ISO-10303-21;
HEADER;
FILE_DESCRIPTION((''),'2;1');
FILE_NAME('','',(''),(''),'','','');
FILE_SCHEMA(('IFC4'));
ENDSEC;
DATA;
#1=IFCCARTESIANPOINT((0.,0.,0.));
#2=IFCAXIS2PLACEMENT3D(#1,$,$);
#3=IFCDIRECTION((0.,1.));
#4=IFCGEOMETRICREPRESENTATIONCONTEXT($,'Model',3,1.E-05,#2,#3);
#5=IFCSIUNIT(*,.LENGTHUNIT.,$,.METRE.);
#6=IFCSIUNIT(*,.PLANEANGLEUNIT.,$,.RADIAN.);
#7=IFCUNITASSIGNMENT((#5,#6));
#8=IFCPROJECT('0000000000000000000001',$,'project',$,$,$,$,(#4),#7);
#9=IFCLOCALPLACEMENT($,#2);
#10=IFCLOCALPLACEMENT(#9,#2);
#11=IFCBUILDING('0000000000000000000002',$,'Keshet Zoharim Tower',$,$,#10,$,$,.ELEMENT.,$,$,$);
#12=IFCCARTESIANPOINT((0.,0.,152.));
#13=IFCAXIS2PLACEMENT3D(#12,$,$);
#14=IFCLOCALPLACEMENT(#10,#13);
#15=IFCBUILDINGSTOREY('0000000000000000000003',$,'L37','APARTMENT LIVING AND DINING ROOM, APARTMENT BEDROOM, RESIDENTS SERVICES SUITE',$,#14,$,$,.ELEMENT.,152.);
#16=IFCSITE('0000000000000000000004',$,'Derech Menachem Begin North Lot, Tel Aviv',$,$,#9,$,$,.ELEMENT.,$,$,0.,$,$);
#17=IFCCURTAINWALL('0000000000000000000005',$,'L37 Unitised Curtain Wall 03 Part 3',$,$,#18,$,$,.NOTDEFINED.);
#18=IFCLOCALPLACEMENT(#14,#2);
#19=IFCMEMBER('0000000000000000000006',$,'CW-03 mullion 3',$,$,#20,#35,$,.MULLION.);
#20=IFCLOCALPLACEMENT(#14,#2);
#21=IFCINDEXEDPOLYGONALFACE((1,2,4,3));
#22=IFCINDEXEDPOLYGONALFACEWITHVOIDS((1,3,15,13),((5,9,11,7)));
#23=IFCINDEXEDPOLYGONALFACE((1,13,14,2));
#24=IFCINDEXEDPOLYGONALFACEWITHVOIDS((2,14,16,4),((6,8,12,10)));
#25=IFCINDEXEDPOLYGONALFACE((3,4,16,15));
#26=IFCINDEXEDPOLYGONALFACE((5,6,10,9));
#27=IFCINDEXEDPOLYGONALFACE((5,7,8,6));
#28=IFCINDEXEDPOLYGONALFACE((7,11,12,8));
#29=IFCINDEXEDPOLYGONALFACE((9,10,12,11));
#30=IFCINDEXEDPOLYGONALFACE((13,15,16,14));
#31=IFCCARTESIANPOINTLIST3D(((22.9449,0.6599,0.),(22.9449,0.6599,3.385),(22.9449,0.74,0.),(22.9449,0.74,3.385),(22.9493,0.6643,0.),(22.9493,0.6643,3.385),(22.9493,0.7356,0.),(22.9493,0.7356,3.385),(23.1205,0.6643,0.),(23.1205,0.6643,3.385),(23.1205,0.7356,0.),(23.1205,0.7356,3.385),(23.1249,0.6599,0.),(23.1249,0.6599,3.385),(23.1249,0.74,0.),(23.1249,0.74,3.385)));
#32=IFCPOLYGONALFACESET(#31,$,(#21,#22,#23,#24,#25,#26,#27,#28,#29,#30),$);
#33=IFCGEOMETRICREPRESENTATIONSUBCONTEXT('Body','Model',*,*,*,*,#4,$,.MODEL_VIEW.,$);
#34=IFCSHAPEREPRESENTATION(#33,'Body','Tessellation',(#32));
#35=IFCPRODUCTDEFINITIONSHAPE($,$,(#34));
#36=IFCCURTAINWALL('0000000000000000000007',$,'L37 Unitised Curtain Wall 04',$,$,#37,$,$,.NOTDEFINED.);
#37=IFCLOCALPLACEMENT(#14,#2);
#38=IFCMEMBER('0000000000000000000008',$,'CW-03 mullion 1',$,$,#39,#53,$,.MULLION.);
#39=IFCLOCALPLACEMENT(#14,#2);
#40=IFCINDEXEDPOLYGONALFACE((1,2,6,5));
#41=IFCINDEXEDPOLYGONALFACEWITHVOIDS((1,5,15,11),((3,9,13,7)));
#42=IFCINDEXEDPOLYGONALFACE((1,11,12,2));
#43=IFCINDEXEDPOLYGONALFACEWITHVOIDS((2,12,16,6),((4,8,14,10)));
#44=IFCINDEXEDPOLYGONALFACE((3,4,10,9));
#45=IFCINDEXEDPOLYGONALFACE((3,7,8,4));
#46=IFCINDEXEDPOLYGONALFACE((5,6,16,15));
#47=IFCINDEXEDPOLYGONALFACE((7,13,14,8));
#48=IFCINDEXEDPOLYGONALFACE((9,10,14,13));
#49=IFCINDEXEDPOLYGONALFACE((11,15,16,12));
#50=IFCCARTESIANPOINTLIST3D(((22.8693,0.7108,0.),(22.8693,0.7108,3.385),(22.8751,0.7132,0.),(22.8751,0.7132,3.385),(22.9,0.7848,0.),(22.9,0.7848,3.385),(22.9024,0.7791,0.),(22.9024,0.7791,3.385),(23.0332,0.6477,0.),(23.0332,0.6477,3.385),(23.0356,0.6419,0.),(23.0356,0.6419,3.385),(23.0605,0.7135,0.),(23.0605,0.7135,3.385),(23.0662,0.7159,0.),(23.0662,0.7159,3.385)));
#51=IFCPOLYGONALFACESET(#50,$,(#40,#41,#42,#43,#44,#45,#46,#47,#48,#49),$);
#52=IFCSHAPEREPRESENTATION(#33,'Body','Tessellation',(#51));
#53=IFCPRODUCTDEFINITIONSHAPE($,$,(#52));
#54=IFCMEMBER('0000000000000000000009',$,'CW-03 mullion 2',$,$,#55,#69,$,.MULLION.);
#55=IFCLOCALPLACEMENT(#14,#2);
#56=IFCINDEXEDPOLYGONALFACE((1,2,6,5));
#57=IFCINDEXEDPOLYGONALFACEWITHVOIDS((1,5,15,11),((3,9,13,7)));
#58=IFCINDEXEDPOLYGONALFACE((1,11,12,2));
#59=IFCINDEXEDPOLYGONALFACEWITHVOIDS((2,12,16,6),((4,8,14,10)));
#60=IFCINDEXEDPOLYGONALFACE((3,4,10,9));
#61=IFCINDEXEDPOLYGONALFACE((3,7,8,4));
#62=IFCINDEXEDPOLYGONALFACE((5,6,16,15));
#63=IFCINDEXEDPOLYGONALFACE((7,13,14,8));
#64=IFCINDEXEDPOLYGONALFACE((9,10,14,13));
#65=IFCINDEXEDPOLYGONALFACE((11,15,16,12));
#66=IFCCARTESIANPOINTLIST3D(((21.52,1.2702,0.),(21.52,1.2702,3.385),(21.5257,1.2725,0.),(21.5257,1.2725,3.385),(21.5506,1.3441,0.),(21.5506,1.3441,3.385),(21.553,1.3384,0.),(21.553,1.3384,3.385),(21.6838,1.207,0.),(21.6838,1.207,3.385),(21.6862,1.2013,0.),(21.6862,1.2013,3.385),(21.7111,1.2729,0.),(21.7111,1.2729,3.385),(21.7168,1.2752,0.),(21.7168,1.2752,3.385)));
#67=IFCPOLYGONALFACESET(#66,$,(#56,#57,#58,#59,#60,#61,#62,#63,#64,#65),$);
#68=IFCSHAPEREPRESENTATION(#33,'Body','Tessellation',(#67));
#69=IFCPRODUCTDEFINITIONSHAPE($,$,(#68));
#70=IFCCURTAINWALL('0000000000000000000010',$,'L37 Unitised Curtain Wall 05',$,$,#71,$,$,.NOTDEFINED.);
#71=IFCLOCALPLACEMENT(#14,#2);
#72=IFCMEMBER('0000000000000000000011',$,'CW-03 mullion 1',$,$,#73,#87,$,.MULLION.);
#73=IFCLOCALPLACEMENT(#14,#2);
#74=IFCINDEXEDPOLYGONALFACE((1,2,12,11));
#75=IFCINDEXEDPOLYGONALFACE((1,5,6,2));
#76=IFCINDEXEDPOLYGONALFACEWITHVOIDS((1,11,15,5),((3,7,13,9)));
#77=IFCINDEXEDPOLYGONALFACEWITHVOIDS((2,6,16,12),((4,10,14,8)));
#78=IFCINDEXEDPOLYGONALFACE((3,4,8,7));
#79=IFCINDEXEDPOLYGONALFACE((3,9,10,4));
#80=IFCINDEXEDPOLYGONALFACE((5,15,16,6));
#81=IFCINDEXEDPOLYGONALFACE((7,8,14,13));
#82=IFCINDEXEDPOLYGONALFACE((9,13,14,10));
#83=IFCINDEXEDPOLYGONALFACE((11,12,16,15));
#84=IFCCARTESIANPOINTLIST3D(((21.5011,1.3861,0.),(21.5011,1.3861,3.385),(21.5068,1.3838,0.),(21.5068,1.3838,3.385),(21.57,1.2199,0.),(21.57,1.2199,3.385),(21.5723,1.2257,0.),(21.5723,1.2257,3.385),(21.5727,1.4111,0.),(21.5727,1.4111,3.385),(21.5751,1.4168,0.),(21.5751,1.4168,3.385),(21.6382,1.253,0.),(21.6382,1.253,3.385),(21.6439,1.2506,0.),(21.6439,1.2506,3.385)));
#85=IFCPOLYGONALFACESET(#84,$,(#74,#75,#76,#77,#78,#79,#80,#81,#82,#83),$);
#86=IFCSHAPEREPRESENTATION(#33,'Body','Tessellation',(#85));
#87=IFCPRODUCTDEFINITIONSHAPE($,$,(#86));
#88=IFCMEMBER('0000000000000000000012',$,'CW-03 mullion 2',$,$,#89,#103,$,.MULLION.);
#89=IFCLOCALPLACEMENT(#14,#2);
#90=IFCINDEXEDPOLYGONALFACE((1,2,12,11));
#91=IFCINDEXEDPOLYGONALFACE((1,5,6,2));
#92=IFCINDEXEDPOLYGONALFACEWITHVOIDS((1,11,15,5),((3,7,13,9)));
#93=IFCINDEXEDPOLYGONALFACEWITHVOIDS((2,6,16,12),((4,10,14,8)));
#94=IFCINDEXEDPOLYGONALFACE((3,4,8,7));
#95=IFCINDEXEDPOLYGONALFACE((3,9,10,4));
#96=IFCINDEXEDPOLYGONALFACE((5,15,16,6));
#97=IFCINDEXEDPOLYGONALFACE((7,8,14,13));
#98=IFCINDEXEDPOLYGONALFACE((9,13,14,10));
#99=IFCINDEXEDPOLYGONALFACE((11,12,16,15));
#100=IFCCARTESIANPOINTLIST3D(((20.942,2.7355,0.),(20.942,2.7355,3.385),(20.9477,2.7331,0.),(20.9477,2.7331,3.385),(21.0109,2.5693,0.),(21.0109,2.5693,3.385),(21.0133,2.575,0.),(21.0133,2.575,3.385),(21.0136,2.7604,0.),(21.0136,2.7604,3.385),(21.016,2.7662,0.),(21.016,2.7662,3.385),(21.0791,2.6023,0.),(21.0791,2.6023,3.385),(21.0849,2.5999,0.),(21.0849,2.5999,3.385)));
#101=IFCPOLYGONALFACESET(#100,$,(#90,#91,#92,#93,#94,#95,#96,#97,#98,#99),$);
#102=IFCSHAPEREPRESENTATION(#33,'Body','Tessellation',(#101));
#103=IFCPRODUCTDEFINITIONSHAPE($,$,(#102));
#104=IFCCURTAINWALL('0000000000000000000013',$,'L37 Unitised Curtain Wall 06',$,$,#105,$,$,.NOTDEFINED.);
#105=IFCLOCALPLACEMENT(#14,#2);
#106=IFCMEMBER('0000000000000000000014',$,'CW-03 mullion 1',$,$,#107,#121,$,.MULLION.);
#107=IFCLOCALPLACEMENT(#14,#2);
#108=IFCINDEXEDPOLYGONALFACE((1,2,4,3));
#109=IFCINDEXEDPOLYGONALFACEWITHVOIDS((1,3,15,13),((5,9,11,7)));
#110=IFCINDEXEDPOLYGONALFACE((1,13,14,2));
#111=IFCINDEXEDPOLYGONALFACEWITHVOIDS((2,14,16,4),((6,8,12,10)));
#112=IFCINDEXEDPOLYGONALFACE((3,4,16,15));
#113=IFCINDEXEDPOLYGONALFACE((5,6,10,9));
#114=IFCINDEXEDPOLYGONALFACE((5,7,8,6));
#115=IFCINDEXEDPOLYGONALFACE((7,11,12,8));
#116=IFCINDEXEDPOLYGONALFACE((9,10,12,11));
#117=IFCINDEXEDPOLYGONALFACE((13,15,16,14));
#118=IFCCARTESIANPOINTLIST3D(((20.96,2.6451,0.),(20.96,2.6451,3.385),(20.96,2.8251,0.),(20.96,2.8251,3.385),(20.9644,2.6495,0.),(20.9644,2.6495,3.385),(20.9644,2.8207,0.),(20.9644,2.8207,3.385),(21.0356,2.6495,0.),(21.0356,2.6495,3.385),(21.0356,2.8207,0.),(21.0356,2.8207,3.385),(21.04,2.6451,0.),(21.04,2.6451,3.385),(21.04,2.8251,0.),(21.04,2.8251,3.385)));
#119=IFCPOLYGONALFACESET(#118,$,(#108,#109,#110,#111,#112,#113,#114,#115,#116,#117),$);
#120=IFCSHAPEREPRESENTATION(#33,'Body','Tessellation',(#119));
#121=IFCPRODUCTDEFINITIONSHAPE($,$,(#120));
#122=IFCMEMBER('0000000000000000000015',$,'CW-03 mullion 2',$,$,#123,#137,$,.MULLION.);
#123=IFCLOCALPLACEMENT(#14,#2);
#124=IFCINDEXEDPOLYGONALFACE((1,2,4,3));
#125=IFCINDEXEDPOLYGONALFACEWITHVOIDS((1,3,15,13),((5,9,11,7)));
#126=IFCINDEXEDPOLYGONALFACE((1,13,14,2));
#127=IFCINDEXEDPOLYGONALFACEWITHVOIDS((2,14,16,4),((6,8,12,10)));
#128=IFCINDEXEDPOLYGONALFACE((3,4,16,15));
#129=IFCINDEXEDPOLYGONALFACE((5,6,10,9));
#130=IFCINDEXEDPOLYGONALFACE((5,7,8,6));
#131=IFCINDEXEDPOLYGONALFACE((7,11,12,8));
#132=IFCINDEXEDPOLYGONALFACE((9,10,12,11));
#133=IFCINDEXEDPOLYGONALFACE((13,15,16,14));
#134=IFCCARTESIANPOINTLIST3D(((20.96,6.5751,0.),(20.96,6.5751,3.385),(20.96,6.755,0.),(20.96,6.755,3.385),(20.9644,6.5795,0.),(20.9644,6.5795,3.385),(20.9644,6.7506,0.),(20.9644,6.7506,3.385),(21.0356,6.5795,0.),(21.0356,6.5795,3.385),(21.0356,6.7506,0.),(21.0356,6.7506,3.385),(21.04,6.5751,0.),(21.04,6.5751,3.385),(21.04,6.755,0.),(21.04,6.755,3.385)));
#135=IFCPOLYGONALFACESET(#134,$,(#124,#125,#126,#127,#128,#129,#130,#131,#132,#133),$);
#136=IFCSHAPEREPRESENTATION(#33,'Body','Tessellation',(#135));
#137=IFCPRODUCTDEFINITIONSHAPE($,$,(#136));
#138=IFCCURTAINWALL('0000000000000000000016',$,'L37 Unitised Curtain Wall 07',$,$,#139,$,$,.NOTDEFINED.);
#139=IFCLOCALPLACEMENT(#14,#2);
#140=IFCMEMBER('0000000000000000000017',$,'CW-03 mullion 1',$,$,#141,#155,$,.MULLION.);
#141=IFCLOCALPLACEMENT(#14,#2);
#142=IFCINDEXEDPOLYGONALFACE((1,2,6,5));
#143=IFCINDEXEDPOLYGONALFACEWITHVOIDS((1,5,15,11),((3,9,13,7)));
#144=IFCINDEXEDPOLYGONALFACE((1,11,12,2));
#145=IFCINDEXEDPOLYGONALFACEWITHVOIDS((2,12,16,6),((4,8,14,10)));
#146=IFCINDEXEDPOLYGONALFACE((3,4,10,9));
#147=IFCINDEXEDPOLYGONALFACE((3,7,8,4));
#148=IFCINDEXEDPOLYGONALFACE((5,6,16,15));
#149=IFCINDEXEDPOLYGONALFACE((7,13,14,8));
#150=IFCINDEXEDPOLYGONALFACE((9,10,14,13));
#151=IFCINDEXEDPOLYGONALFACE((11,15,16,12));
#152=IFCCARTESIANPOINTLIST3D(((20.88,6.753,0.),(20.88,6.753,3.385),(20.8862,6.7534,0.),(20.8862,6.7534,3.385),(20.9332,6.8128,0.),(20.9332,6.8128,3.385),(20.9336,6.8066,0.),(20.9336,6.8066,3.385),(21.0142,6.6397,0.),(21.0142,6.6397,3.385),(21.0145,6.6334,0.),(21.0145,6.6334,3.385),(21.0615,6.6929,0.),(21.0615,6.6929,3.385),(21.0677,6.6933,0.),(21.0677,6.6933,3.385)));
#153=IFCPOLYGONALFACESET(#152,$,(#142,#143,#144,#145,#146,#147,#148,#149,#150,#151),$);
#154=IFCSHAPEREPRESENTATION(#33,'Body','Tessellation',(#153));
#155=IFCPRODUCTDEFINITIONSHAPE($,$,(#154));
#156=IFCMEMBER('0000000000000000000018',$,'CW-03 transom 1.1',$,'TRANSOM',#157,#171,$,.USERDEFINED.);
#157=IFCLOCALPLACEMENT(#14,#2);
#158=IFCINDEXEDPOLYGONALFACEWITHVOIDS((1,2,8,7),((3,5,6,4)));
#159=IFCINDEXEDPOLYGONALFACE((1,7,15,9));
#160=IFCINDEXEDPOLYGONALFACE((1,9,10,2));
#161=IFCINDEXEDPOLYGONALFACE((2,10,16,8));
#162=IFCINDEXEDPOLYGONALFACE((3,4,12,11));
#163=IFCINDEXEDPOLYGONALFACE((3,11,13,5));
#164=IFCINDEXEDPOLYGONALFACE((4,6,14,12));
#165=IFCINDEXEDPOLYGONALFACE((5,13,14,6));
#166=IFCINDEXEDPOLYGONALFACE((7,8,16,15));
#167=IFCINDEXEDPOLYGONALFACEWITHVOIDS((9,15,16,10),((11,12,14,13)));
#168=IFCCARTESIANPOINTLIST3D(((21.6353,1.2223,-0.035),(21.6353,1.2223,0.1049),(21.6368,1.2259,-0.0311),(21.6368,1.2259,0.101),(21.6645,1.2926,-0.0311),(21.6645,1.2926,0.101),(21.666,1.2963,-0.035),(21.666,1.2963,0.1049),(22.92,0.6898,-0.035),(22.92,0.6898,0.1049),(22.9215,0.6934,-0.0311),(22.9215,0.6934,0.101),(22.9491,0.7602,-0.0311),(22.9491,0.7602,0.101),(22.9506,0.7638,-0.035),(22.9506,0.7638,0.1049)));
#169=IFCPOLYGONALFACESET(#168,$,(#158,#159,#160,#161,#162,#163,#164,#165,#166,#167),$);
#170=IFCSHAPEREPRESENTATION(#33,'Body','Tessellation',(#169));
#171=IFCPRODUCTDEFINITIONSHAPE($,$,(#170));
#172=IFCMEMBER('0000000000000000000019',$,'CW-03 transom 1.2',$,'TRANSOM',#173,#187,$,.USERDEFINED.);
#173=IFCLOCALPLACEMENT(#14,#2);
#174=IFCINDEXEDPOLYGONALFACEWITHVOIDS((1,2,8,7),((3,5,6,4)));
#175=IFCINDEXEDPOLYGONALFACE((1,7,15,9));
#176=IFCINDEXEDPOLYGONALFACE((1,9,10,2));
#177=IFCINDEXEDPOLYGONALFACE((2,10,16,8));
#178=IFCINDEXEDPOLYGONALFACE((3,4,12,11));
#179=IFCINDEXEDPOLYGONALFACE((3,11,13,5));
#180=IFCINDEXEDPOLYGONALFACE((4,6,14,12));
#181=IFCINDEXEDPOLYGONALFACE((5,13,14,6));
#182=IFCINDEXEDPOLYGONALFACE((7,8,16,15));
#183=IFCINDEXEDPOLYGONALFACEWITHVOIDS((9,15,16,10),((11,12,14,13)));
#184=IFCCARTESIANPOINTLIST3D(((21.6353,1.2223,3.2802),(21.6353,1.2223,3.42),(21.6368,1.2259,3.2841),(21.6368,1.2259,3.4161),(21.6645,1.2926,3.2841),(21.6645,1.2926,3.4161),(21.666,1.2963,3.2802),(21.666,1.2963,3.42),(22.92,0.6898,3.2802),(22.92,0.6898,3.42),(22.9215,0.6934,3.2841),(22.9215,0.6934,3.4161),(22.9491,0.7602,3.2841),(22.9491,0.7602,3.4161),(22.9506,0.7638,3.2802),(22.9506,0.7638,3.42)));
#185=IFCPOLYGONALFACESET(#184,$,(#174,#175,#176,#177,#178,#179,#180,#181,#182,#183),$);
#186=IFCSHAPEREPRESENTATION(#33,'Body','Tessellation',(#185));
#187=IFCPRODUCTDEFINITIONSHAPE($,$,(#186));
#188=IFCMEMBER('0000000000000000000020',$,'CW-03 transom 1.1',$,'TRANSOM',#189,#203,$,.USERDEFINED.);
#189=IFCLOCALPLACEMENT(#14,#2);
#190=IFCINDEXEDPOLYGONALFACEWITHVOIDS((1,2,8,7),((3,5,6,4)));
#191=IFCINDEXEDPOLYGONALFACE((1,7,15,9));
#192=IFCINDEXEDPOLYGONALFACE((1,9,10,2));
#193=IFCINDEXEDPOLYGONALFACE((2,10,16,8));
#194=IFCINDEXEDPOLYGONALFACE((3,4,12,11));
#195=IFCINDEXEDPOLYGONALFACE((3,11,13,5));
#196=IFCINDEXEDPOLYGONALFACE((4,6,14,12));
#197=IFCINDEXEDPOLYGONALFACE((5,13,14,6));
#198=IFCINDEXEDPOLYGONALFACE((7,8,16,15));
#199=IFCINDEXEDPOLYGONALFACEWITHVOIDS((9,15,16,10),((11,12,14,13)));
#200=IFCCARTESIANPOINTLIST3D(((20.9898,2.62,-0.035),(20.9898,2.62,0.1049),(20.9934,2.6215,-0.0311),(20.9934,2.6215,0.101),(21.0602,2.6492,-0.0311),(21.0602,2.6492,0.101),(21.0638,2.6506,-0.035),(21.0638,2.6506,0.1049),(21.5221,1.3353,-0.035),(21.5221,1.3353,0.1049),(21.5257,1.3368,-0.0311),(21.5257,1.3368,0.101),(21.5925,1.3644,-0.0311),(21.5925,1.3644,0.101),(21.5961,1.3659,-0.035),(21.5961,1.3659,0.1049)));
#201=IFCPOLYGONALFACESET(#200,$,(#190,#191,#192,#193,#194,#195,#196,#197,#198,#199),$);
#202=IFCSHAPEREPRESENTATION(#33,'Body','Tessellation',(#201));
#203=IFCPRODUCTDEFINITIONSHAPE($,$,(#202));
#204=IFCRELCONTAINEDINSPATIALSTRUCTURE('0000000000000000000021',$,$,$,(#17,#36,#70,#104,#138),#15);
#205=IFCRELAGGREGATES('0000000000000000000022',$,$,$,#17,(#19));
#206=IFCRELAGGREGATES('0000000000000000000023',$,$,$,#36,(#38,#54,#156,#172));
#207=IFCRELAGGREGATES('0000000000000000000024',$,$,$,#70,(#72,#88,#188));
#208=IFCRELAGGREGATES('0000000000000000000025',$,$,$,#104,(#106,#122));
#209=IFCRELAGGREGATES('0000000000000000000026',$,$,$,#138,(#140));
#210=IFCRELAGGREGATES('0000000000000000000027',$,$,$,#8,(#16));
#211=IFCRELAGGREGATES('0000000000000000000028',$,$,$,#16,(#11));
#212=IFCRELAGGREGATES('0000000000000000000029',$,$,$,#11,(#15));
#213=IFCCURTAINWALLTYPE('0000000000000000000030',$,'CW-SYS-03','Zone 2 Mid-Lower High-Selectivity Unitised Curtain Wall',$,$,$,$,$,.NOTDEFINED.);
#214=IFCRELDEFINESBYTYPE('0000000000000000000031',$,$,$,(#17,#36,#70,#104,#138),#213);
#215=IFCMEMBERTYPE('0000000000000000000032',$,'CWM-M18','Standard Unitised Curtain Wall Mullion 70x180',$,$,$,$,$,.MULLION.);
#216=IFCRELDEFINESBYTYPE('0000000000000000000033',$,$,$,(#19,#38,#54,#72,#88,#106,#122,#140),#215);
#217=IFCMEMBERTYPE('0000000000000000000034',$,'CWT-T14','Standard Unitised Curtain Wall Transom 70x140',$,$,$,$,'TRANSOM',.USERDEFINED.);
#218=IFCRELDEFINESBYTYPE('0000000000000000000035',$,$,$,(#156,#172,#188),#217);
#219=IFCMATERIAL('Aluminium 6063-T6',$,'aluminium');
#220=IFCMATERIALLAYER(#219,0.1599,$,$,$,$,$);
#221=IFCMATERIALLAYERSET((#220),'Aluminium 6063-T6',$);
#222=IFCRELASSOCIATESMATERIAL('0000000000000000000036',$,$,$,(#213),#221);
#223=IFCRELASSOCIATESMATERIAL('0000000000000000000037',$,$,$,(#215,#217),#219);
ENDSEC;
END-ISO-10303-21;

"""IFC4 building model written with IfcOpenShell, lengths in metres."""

from ifc_helpers import new_model, si_unit, direction, frame, origin, origin_2d, place, context, subcontext, project, spatial, hollow_rectangle, extrude, material, layer, layer_set, material_profile, profile_set, type_object, element, aggregate, save


model = new_model("IFC4")

# Units and contexts
model_context = context("Model", 3, precision=1e-05, world=origin(), true_north=direction((0.0, 1.0)))
body_context = subcontext(model_context, "Body", "Model", "MODEL_VIEW")
ifc_project = project(units=[si_unit("LENGTHUNIT", "METRE"), si_unit("PLANEANGLEUNIT", "RADIAN")], contexts=[model_context])

# Site, building, storey
site_placement = place(None, origin())
site = spatial("IfcSite", under=ifc_project, at=site_placement, Name="Derech Menachem Begin North Lot, Tel Aviv", CompositionType="ELEMENT", RefElevation=0.0)
building_placement = place(site_placement, origin())
building = spatial("IfcBuilding", under=site, at=building_placement, Name="Keshet Zoharim Tower", CompositionType="ELEMENT")
storey_placement = place(building_placement, frame((0.0, 0.0, 152.0)))
storey = spatial("IfcBuildingStorey", under=building, at=storey_placement, Name="L37", Description="APARTMENT LIVING AND DINING ROOM, APARTMENT BEDROOM, RESIDENTS SERVICES SUITE", CompositionType="ELEMENT", Elevation=152.0)

# Curtain wall, member
ifc_material_1 = material(Name="Aluminium 6063-T6", Category="aluminium")
ifc_layer_1 = layer(ifc_material_1, 0.1599)
ifc_layer_set_1 = layer_set([ifc_layer_1], Name="Aluminium 6063-T6")
curtain_wall_type = type_object("IfcCurtainWallType", Name="CW-SYS-03", Description="Zone 2 Mid-Lower High-Selectivity Unitised Curtain Wall", PredefinedType="NOTDEFINED", material=ifc_layer_set_1)
curtain_wall_1_placement = place(storey_placement, origin())
curtain_wall_1 = element("IfcCurtainWall", 1, at=curtain_wall_1_placement, inside=storey, type_object=curtain_wall_type, Name="L37 Unitised Curtain Wall 03 Part 3", PredefinedType="NOTDEFINED")
ifc_material_profile_1 = material_profile(ifc_material_1, hollow_rectangle(XDim=0.0801, YDim=0.1799, WallThickness=0.0044, at=origin_2d()), Name="MUL-80x180")
ifc_profile_set_1 = profile_set([ifc_material_profile_1], Name="Aluminium 6063-T6")
member_type_1 = type_object("IfcMemberType", Name="CWM-M18", Description="Standard Unitised Curtain Wall Mullion 70x180", PredefinedType="MULLION", material=ifc_profile_set_1)
member_1_placement = place(storey_placement, frame((23.0349, 0.7, 0.0), z_axis=(0.0, 0.0, 1.0), x_axis=(0.0, -1.0, 0.0)))
member_1 = element("IfcMember", 2, at=member_1_placement, type_object=member_type_1, Name="CW-03 mullion 3", PredefinedType="MULLION", context=body_context, shape_type="SweptSolid", body=[
    extrude(hollow_rectangle(XDim=0.0801, YDim=0.1799, WallThickness=0.0044, at=origin_2d()), origin(), (0.0, 0.0, 1.0), 3.385),
])
aggregate(curtain_wall_1, [member_1])

# Curtain walls, members
curtain_wall_2_placement = place(storey_placement, origin())
curtain_wall_2 = element("IfcCurtainWall", 3, at=curtain_wall_2_placement, inside=storey, type_object=curtain_wall_type, Name="L37 Unitised Curtain Wall 04", PredefinedType="NOTDEFINED")
member_2_placement = place(storey_placement, frame((22.9678, 0.7134, 0.0), z_axis=(0.0, 0.0, 1.0), x_axis=(-0.382852, -0.92381, 0.0)))
member_2 = element("IfcMember", 4, at=member_2_placement, type_object=member_type_1, Name="CW-03 mullion 1", PredefinedType="MULLION", context=body_context, shape_type="SweptSolid", body=[
    extrude(hollow_rectangle(XDim=0.0801, YDim=0.1799, WallThickness=0.0044, at=origin_2d()), origin(), (0.0, 0.0, 1.0), 3.385),
])
member_3_placement = place(storey_placement, frame((21.6184, 1.2727, 0.0), z_axis=(0.0, 0.0, 1.0), x_axis=(-0.382852, -0.92381, 0.0)))
member_3 = element("IfcMember", 5, at=member_3_placement, type_object=member_type_1, Name="CW-03 mullion 2", PredefinedType="MULLION", context=body_context, shape_type="SweptSolid", body=[
    extrude(hollow_rectangle(XDim=0.0801, YDim=0.1799, WallThickness=0.0044, at=origin_2d()), origin(), (0.0, 0.0, 1.0), 3.385),
])
curtain_wall_3_placement = place(storey_placement, origin())
curtain_wall_3 = element("IfcCurtainWall", 6, at=curtain_wall_3_placement, inside=storey, type_object=curtain_wall_type, Name="L37 Unitised Curtain Wall 05", PredefinedType="NOTDEFINED")
member_4_placement = place(storey_placement, frame((21.5725, 1.3184, 0.0), z_axis=(0.0, 0.0, 1.0), x_axis=(-0.92381, -0.382852, 0.0)))
member_4 = element("IfcMember", 7, at=member_4_placement, type_object=member_type_1, Name="CW-03 mullion 1", PredefinedType="MULLION", context=body_context, shape_type="SweptSolid", body=[
    extrude(hollow_rectangle(XDim=0.0801, YDim=0.1799, WallThickness=0.0044, at=origin_2d()), origin(), (0.0, 0.0, 1.0), 3.385),
])
member_5_placement = place(storey_placement, frame((21.0134, 2.6677, 0.0), z_axis=(0.0, 0.0, 1.0), x_axis=(-0.92381, -0.382852, 0.0)))
member_5 = element("IfcMember", 8, at=member_5_placement, type_object=member_type_1, Name="CW-03 mullion 2", PredefinedType="MULLION", context=body_context, shape_type="SweptSolid", body=[
    extrude(hollow_rectangle(XDim=0.0801, YDim=0.1799, WallThickness=0.0044, at=origin_2d()), origin(), (0.0, 0.0, 1.0), 3.385),
])
curtain_wall_4_placement = place(storey_placement, origin())
curtain_wall_4 = element("IfcCurtainWall", 9, at=curtain_wall_4_placement, inside=storey, type_object=curtain_wall_type, Name="L37 Unitised Curtain Wall 06", PredefinedType="NOTDEFINED")
member_6_placement = place(storey_placement, frame((21.0, 2.7351, 0.0), z_axis=(0.0, 0.0, 1.0), x_axis=(-1.0, 0.0, 0.0)))
member_6 = element("IfcMember", 10, at=member_6_placement, type_object=member_type_1, Name="CW-03 mullion 1", PredefinedType="MULLION", context=body_context, shape_type="SweptSolid", body=[
    extrude(hollow_rectangle(XDim=0.0801, YDim=0.1799, WallThickness=0.0044, at=origin_2d()), origin(), (0.0, 0.0, 1.0), 3.385),
])
member_7_placement = place(storey_placement, frame((21.0, 6.665, 0.0), z_axis=(0.0, 0.0, 1.0), x_axis=(-1.0, 0.0, 0.0)))
member_7 = element("IfcMember", 11, at=member_7_placement, type_object=member_type_1, Name="CW-03 mullion 2", PredefinedType="MULLION", context=body_context, shape_type="SweptSolid", body=[
    extrude(hollow_rectangle(XDim=0.0801, YDim=0.1799, WallThickness=0.0044, at=origin_2d()), origin(), (0.0, 0.0, 1.0), 3.385),
])

# Curtain wall, member
curtain_wall_5_placement = place(storey_placement, origin())
curtain_wall_5 = element("IfcCurtainWall", 12, at=curtain_wall_5_placement, inside=storey, type_object=curtain_wall_type, Name="L37 Unitised Curtain Wall 07", PredefinedType="NOTDEFINED")
member_8_placement = place(storey_placement, frame((20.9739, 6.7231, 0.0), z_axis=(0.0, 0.0, 1.0), x_axis=(-0.664367, -0.747406, 0.0)))
member_8 = element("IfcMember", 13, at=member_8_placement, type_object=member_type_1, Name="CW-03 mullion 1", PredefinedType="MULLION", context=body_context, shape_type="SweptSolid", body=[
    extrude(hollow_rectangle(XDim=0.0801, YDim=0.1799, WallThickness=0.0044, at=origin_2d()), origin(), (0.0, 0.0, 1.0), 3.385),
])

# Members
ifc_material_profile_2 = material_profile(ifc_material_1, hollow_rectangle(XDim=0.0801, YDim=0.1399, WallThickness=0.0039, at=origin_2d()), Name="TRN-80x140")
ifc_profile_set_2 = profile_set([ifc_material_profile_2], Name="Aluminium 6063-T6")
member_type_2 = type_object("IfcMemberType", Name="CWT-T14", Description="Standard Unitised Curtain Wall Transom 70x140", ElementType="TRANSOM", PredefinedType="USERDEFINED", material=ifc_profile_set_2)
member_9_placement = place(storey_placement, frame((22.9353, 0.7268, 0.0349), z_axis=(-0.923792, 0.382894, 0.0), x_axis=(-0.382894, -0.923792, 0.0)))
member_9 = element("IfcMember", 14, at=member_9_placement, type_object=member_type_2, Name="CW-03 transom 1.1", ObjectType="TRANSOM", PredefinedType="USERDEFINED", context=body_context, shape_type="SweptSolid", body=[
    extrude(hollow_rectangle(XDim=0.0801, YDim=0.1399, WallThickness=0.0039, at=origin_2d()), origin(), (0.0, 0.0, 1.0), 1.3906),
])
member_10_placement = place(storey_placement, frame((22.9353, 0.7268, 3.3501), z_axis=(-0.923792, 0.382894, 0.0), x_axis=(-0.382894, -0.923792, 0.0)))
member_10 = element("IfcMember", 15, at=member_10_placement, type_object=member_type_2, Name="CW-03 transom 1.2", ObjectType="TRANSOM", PredefinedType="USERDEFINED", context=body_context, shape_type="SweptSolid", body=[
    extrude(hollow_rectangle(XDim=0.0801, YDim=0.1399, WallThickness=0.0039, at=origin_2d()), origin(), (0.0, 0.0, 1.0), 1.3906),
])
member_11_placement = place(storey_placement, frame((21.5591, 1.3506, 0.0349), z_axis=(-0.382745, 0.923854, 0.0), x_axis=(-0.923854, -0.382745, 0.0)))
member_11 = element("IfcMember", 16, at=member_11_placement, type_object=member_type_2, Name="CW-03 transom 1.1", ObjectType="TRANSOM", PredefinedType="USERDEFINED", context=body_context, shape_type="SweptSolid", body=[
    extrude(hollow_rectangle(XDim=0.0801, YDim=0.1399, WallThickness=0.0039, at=origin_2d()), origin(), (0.0, 0.0, 1.0), 1.3906),
])

aggregate(curtain_wall_2, [member_2, member_3, member_9, member_10])
aggregate(curtain_wall_3, [member_4, member_5, member_11])
aggregate(curtain_wall_4, [member_6, member_7])
aggregate(curtain_wall_5, [member_8])

save(model, "model.ifc")
